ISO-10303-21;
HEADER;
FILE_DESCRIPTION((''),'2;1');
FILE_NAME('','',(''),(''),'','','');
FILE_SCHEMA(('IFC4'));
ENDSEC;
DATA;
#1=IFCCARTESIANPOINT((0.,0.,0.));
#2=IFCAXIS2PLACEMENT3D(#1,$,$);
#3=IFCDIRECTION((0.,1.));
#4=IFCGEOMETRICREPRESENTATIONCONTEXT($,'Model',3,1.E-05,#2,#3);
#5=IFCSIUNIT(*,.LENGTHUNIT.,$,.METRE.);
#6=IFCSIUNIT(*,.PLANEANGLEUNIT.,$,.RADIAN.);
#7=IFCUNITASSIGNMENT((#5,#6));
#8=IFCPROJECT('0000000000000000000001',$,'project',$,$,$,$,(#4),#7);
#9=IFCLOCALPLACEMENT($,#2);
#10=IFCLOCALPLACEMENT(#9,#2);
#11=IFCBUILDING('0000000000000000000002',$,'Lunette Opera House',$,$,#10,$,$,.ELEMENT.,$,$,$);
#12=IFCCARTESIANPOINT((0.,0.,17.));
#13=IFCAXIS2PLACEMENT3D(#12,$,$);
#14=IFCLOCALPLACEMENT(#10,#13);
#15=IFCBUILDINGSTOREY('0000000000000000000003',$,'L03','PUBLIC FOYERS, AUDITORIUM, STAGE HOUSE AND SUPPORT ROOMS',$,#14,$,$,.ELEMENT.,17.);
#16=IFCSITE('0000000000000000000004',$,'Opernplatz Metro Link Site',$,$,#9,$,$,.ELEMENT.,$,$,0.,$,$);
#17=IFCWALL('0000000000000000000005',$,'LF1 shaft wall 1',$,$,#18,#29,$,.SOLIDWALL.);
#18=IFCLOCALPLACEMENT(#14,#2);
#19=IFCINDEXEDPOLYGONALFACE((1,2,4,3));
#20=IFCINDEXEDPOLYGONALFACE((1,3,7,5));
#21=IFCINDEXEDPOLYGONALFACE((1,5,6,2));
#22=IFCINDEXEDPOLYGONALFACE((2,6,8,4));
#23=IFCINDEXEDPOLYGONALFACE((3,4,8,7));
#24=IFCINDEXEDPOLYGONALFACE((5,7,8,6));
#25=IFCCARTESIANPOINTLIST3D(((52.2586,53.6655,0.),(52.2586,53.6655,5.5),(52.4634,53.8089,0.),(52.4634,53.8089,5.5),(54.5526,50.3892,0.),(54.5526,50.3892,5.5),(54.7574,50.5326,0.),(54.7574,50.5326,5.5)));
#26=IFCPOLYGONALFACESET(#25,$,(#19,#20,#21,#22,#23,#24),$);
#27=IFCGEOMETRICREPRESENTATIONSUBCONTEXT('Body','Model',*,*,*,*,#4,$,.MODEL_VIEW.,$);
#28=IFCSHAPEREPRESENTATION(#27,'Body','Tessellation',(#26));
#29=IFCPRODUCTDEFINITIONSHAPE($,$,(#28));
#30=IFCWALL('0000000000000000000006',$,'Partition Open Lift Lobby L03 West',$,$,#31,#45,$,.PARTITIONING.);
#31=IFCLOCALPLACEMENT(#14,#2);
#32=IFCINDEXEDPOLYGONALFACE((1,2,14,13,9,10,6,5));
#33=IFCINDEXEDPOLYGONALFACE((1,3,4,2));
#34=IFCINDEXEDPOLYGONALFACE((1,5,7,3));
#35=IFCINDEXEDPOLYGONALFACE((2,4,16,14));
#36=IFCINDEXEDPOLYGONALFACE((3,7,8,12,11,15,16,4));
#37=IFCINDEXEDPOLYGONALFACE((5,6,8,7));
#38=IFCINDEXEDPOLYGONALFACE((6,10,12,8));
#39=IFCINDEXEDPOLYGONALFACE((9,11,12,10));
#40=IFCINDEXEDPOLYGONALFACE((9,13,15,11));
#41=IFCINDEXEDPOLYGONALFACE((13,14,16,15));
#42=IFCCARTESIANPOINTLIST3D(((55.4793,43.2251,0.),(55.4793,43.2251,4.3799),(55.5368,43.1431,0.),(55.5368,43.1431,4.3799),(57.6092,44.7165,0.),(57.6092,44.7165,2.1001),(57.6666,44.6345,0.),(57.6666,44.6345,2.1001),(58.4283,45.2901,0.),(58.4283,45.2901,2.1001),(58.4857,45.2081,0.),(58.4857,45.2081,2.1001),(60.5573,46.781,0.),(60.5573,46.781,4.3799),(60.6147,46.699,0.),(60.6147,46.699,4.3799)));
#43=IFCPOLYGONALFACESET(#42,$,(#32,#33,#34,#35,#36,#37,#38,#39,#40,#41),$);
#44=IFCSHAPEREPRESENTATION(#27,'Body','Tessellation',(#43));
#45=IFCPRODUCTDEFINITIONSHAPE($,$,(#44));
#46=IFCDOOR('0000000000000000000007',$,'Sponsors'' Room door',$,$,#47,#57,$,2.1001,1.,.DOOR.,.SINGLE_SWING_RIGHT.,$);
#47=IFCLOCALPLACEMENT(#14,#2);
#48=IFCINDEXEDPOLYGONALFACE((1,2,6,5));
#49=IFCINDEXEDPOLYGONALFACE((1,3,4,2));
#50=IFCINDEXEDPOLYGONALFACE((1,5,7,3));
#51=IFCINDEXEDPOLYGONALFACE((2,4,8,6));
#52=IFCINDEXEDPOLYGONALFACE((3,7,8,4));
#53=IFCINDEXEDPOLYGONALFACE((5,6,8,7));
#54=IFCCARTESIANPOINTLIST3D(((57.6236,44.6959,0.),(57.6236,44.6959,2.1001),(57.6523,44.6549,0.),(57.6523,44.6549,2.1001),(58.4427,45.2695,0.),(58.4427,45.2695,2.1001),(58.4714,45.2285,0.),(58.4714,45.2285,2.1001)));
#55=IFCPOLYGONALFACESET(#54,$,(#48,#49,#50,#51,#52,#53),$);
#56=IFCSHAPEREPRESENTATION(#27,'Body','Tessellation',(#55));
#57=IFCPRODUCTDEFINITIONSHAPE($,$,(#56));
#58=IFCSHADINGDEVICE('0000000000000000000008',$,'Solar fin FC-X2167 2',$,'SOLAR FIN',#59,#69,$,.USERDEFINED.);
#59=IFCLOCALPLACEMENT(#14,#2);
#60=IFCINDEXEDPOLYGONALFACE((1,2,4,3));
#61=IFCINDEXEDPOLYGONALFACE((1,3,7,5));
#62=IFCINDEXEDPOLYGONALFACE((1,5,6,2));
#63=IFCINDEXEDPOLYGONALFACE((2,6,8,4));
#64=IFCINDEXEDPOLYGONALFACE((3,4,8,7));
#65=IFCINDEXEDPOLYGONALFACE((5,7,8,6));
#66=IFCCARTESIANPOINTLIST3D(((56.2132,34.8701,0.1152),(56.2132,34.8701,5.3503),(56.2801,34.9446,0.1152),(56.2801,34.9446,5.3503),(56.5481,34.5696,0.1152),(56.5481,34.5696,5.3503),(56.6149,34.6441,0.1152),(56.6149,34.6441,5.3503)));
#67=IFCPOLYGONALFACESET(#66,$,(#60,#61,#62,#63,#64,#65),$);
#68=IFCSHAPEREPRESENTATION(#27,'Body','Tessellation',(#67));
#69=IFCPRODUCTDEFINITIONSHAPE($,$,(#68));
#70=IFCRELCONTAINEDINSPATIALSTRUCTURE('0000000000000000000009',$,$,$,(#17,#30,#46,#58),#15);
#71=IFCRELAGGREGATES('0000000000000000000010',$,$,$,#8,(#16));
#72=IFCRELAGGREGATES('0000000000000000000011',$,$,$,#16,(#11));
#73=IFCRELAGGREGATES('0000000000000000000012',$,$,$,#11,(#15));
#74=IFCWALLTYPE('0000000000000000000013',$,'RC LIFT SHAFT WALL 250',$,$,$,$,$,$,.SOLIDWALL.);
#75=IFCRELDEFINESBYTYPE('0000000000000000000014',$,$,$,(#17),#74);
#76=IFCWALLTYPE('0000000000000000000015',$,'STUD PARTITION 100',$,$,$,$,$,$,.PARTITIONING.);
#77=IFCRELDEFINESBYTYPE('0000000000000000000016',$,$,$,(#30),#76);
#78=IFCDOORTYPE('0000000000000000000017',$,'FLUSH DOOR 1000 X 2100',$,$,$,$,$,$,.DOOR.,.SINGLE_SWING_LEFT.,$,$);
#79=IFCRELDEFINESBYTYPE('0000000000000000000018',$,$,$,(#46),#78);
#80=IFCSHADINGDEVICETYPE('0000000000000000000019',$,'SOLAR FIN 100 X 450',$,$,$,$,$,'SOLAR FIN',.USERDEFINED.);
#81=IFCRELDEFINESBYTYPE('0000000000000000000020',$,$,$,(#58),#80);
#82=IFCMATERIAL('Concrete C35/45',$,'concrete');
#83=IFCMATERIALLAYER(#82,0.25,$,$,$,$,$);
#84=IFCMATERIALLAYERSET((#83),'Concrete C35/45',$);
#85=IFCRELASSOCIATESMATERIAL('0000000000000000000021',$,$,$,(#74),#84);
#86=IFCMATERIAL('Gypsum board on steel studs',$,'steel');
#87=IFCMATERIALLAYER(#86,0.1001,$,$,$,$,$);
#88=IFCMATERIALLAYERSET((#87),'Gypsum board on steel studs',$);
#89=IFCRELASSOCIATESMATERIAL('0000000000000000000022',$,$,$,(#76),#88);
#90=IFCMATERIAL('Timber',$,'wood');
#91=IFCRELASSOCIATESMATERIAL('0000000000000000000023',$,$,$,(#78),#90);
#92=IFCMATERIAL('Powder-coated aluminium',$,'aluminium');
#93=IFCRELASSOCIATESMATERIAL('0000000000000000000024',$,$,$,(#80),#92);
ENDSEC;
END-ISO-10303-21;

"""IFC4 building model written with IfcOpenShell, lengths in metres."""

from ifc_helpers import new_model, si_unit, direction, frame, frame_2d, origin, origin_2d, place, context, subcontext, project, spatial, rectangle, extrude, material, layer, layer_set, type_object, element, fill, save


model = new_model("IFC4")

# Units and contexts
model_context = context("Model", 3, precision=1e-05, world=origin(), true_north=direction((0.0, 1.0)))
body_context = subcontext(model_context, "Body", "Model", "MODEL_VIEW")
ifc_project = project(units=[si_unit("LENGTHUNIT", "METRE"), si_unit("PLANEANGLEUNIT", "RADIAN")], contexts=[model_context])

# Site, building, storey
site_placement = place(None, origin())
site = spatial("IfcSite", under=ifc_project, at=site_placement, Name="Opernplatz Metro Link Site", CompositionType="ELEMENT", RefElevation=0.0)
building_placement = place(site_placement, origin())
building = spatial("IfcBuilding", under=site, at=building_placement, Name="Lunette Opera House", CompositionType="ELEMENT")
storey_placement = place(building_placement, frame((0.0, 0.0, 17.0)))
storey = spatial("IfcBuildingStorey", under=building, at=storey_placement, Name="L03", Description="PUBLIC FOYERS, AUDITORIUM, STAGE HOUSE AND SUPPORT ROOMS", CompositionType="ELEMENT", Elevation=17.0)

# Shared definitions
ifc_material_1 = material(Name="Concrete C35/45", Category="concrete")
ifc_layer_1 = layer(ifc_material_1, 0.25)
ifc_layer_set_1 = layer_set([ifc_layer_1], Name="Concrete C35/45")
wall_type_1 = type_object("IfcWallType", Name="RC LIFT SHAFT WALL 250", PredefinedType="SOLIDWALL", material=ifc_layer_set_1)

# Wall
wall_1_placement = place(storey_placement, frame((54.655, 50.4609, 0.0), z_axis=(0.0, 0.0, 1.0), x_axis=(-0.573573, 0.819154, 0.0)))
element("IfcWall", 1, at=wall_1_placement, inside=storey, type_object=wall_type_1, Name="LF1 shaft wall 1", PredefinedType="SOLIDWALL", context=body_context, shape_type="SweptSolid", body=[
    extrude(rectangle(XDim=3.9995, YDim=0.25, at=frame_2d((1.9998, 0.0))), origin(), (0.0, 0.0, 1.0), 5.5),
])

# Wall, opening, door
ifc_material_2 = material(Name="Gypsum board on steel studs", Category="steel")
ifc_layer_2 = layer(ifc_material_2, 0.1001)
ifc_layer_set_2 = layer_set([ifc_layer_2], Name="Gypsum board on steel studs")
wall_type_2 = type_object("IfcWallType", Name="STUD PARTITION 100", PredefinedType="PARTITIONING", material=ifc_layer_set_2)
wall_2_placement = place(storey_placement, frame((55.5081, 43.1841, 0.0), z_axis=(0.0, 0.0, 1.0), x_axis=(0.819126, 0.573613, 0.0)))
wall_2 = element("IfcWall", 2, at=wall_2_placement, inside=storey, type_object=wall_type_2, Name="Partition Open Lift Lobby L03 West", PredefinedType="PARTITIONING", context=body_context, shape_type="SweptSolid", body=[
    extrude(rectangle(XDim=6.1992, YDim=0.1001, at=frame_2d((3.0996, 0.0))), origin(), (0.0, 0.0, 1.0), 4.3799),
])
opening_1_placement = place(wall_2_placement, frame((2.6001, 0.0, 0.0)))
opening_1 = element("IfcOpeningElement", 3, at=opening_1_placement, cuts=wall_2, PredefinedType="OPENING", context=body_context, shape_type="SweptSolid", body=[
    extrude(rectangle(XDim=1.0, YDim=2.1001, at=frame_2d((0.5, 1.05))), frame((0.0, 0.062, 0.0), z_axis=(0.0, -1.0, 0.0), x_axis=(1.0, 0.0, 0.0)), (0.0, 0.0, 1.0), 0.124),
])
ifc_material_3 = material(Name="Timber", Category="wood")
door_type_1 = type_object("IfcDoorType", Name="FLUSH DOOR 1000 X 2100", OperationType="SINGLE_SWING_LEFT", PredefinedType="DOOR", material=ifc_material_3)
door_1_placement = place(opening_1_placement, origin())
door_1 = element("IfcDoor", 4, at=door_1_placement, inside=storey, type_object=door_type_1, Name="Sponsors' Room door", OperationType="SINGLE_SWING_RIGHT", OverallHeight=2.1001, OverallWidth=1.0, PredefinedType="DOOR", context=body_context, shape_type="SweptSolid", body=[
    extrude(rectangle(XDim=1.0, YDim=2.1001, at=frame_2d((0.5, 1.05))), frame((0.0, 0.0249, 0.0), z_axis=(0.0, -1.0, 0.0), x_axis=(1.0, 0.0, 0.0)), (0.0, 0.0, 1.0), 0.05),
])
fill(opening_1, door_1)

# Shading device
ifc_material_4 = material(Name="Powder-coated aluminium", Category="aluminium")
shading_device_type = type_object("IfcShadingDeviceType", Name="SOLAR FIN 100 X 450", ElementType="SOLAR FIN", PredefinedType="USERDEFINED", material=ifc_material_4)
shading_device_placement = place(storey_placement, frame((56.4141, 34.7571, 0.1152), z_axis=(0.0, 0.0, 1.0), x_axis=(-0.744217, 0.667938, 0.0)))
element("IfcShadingDevice", 5, at=shading_device_placement, inside=storey, type_object=shading_device_type, Name="Solar fin FC-X2167 2", ObjectType="SOLAR FIN", PredefinedType="USERDEFINED", context=body_context, shape_type="SweptSolid", body=[
    extrude(rectangle(XDim=0.45, YDim=0.1001, at=origin_2d()), origin(), (0.0, 0.0, 1.0), 5.2351),
])

save(model, "model.ifc")
